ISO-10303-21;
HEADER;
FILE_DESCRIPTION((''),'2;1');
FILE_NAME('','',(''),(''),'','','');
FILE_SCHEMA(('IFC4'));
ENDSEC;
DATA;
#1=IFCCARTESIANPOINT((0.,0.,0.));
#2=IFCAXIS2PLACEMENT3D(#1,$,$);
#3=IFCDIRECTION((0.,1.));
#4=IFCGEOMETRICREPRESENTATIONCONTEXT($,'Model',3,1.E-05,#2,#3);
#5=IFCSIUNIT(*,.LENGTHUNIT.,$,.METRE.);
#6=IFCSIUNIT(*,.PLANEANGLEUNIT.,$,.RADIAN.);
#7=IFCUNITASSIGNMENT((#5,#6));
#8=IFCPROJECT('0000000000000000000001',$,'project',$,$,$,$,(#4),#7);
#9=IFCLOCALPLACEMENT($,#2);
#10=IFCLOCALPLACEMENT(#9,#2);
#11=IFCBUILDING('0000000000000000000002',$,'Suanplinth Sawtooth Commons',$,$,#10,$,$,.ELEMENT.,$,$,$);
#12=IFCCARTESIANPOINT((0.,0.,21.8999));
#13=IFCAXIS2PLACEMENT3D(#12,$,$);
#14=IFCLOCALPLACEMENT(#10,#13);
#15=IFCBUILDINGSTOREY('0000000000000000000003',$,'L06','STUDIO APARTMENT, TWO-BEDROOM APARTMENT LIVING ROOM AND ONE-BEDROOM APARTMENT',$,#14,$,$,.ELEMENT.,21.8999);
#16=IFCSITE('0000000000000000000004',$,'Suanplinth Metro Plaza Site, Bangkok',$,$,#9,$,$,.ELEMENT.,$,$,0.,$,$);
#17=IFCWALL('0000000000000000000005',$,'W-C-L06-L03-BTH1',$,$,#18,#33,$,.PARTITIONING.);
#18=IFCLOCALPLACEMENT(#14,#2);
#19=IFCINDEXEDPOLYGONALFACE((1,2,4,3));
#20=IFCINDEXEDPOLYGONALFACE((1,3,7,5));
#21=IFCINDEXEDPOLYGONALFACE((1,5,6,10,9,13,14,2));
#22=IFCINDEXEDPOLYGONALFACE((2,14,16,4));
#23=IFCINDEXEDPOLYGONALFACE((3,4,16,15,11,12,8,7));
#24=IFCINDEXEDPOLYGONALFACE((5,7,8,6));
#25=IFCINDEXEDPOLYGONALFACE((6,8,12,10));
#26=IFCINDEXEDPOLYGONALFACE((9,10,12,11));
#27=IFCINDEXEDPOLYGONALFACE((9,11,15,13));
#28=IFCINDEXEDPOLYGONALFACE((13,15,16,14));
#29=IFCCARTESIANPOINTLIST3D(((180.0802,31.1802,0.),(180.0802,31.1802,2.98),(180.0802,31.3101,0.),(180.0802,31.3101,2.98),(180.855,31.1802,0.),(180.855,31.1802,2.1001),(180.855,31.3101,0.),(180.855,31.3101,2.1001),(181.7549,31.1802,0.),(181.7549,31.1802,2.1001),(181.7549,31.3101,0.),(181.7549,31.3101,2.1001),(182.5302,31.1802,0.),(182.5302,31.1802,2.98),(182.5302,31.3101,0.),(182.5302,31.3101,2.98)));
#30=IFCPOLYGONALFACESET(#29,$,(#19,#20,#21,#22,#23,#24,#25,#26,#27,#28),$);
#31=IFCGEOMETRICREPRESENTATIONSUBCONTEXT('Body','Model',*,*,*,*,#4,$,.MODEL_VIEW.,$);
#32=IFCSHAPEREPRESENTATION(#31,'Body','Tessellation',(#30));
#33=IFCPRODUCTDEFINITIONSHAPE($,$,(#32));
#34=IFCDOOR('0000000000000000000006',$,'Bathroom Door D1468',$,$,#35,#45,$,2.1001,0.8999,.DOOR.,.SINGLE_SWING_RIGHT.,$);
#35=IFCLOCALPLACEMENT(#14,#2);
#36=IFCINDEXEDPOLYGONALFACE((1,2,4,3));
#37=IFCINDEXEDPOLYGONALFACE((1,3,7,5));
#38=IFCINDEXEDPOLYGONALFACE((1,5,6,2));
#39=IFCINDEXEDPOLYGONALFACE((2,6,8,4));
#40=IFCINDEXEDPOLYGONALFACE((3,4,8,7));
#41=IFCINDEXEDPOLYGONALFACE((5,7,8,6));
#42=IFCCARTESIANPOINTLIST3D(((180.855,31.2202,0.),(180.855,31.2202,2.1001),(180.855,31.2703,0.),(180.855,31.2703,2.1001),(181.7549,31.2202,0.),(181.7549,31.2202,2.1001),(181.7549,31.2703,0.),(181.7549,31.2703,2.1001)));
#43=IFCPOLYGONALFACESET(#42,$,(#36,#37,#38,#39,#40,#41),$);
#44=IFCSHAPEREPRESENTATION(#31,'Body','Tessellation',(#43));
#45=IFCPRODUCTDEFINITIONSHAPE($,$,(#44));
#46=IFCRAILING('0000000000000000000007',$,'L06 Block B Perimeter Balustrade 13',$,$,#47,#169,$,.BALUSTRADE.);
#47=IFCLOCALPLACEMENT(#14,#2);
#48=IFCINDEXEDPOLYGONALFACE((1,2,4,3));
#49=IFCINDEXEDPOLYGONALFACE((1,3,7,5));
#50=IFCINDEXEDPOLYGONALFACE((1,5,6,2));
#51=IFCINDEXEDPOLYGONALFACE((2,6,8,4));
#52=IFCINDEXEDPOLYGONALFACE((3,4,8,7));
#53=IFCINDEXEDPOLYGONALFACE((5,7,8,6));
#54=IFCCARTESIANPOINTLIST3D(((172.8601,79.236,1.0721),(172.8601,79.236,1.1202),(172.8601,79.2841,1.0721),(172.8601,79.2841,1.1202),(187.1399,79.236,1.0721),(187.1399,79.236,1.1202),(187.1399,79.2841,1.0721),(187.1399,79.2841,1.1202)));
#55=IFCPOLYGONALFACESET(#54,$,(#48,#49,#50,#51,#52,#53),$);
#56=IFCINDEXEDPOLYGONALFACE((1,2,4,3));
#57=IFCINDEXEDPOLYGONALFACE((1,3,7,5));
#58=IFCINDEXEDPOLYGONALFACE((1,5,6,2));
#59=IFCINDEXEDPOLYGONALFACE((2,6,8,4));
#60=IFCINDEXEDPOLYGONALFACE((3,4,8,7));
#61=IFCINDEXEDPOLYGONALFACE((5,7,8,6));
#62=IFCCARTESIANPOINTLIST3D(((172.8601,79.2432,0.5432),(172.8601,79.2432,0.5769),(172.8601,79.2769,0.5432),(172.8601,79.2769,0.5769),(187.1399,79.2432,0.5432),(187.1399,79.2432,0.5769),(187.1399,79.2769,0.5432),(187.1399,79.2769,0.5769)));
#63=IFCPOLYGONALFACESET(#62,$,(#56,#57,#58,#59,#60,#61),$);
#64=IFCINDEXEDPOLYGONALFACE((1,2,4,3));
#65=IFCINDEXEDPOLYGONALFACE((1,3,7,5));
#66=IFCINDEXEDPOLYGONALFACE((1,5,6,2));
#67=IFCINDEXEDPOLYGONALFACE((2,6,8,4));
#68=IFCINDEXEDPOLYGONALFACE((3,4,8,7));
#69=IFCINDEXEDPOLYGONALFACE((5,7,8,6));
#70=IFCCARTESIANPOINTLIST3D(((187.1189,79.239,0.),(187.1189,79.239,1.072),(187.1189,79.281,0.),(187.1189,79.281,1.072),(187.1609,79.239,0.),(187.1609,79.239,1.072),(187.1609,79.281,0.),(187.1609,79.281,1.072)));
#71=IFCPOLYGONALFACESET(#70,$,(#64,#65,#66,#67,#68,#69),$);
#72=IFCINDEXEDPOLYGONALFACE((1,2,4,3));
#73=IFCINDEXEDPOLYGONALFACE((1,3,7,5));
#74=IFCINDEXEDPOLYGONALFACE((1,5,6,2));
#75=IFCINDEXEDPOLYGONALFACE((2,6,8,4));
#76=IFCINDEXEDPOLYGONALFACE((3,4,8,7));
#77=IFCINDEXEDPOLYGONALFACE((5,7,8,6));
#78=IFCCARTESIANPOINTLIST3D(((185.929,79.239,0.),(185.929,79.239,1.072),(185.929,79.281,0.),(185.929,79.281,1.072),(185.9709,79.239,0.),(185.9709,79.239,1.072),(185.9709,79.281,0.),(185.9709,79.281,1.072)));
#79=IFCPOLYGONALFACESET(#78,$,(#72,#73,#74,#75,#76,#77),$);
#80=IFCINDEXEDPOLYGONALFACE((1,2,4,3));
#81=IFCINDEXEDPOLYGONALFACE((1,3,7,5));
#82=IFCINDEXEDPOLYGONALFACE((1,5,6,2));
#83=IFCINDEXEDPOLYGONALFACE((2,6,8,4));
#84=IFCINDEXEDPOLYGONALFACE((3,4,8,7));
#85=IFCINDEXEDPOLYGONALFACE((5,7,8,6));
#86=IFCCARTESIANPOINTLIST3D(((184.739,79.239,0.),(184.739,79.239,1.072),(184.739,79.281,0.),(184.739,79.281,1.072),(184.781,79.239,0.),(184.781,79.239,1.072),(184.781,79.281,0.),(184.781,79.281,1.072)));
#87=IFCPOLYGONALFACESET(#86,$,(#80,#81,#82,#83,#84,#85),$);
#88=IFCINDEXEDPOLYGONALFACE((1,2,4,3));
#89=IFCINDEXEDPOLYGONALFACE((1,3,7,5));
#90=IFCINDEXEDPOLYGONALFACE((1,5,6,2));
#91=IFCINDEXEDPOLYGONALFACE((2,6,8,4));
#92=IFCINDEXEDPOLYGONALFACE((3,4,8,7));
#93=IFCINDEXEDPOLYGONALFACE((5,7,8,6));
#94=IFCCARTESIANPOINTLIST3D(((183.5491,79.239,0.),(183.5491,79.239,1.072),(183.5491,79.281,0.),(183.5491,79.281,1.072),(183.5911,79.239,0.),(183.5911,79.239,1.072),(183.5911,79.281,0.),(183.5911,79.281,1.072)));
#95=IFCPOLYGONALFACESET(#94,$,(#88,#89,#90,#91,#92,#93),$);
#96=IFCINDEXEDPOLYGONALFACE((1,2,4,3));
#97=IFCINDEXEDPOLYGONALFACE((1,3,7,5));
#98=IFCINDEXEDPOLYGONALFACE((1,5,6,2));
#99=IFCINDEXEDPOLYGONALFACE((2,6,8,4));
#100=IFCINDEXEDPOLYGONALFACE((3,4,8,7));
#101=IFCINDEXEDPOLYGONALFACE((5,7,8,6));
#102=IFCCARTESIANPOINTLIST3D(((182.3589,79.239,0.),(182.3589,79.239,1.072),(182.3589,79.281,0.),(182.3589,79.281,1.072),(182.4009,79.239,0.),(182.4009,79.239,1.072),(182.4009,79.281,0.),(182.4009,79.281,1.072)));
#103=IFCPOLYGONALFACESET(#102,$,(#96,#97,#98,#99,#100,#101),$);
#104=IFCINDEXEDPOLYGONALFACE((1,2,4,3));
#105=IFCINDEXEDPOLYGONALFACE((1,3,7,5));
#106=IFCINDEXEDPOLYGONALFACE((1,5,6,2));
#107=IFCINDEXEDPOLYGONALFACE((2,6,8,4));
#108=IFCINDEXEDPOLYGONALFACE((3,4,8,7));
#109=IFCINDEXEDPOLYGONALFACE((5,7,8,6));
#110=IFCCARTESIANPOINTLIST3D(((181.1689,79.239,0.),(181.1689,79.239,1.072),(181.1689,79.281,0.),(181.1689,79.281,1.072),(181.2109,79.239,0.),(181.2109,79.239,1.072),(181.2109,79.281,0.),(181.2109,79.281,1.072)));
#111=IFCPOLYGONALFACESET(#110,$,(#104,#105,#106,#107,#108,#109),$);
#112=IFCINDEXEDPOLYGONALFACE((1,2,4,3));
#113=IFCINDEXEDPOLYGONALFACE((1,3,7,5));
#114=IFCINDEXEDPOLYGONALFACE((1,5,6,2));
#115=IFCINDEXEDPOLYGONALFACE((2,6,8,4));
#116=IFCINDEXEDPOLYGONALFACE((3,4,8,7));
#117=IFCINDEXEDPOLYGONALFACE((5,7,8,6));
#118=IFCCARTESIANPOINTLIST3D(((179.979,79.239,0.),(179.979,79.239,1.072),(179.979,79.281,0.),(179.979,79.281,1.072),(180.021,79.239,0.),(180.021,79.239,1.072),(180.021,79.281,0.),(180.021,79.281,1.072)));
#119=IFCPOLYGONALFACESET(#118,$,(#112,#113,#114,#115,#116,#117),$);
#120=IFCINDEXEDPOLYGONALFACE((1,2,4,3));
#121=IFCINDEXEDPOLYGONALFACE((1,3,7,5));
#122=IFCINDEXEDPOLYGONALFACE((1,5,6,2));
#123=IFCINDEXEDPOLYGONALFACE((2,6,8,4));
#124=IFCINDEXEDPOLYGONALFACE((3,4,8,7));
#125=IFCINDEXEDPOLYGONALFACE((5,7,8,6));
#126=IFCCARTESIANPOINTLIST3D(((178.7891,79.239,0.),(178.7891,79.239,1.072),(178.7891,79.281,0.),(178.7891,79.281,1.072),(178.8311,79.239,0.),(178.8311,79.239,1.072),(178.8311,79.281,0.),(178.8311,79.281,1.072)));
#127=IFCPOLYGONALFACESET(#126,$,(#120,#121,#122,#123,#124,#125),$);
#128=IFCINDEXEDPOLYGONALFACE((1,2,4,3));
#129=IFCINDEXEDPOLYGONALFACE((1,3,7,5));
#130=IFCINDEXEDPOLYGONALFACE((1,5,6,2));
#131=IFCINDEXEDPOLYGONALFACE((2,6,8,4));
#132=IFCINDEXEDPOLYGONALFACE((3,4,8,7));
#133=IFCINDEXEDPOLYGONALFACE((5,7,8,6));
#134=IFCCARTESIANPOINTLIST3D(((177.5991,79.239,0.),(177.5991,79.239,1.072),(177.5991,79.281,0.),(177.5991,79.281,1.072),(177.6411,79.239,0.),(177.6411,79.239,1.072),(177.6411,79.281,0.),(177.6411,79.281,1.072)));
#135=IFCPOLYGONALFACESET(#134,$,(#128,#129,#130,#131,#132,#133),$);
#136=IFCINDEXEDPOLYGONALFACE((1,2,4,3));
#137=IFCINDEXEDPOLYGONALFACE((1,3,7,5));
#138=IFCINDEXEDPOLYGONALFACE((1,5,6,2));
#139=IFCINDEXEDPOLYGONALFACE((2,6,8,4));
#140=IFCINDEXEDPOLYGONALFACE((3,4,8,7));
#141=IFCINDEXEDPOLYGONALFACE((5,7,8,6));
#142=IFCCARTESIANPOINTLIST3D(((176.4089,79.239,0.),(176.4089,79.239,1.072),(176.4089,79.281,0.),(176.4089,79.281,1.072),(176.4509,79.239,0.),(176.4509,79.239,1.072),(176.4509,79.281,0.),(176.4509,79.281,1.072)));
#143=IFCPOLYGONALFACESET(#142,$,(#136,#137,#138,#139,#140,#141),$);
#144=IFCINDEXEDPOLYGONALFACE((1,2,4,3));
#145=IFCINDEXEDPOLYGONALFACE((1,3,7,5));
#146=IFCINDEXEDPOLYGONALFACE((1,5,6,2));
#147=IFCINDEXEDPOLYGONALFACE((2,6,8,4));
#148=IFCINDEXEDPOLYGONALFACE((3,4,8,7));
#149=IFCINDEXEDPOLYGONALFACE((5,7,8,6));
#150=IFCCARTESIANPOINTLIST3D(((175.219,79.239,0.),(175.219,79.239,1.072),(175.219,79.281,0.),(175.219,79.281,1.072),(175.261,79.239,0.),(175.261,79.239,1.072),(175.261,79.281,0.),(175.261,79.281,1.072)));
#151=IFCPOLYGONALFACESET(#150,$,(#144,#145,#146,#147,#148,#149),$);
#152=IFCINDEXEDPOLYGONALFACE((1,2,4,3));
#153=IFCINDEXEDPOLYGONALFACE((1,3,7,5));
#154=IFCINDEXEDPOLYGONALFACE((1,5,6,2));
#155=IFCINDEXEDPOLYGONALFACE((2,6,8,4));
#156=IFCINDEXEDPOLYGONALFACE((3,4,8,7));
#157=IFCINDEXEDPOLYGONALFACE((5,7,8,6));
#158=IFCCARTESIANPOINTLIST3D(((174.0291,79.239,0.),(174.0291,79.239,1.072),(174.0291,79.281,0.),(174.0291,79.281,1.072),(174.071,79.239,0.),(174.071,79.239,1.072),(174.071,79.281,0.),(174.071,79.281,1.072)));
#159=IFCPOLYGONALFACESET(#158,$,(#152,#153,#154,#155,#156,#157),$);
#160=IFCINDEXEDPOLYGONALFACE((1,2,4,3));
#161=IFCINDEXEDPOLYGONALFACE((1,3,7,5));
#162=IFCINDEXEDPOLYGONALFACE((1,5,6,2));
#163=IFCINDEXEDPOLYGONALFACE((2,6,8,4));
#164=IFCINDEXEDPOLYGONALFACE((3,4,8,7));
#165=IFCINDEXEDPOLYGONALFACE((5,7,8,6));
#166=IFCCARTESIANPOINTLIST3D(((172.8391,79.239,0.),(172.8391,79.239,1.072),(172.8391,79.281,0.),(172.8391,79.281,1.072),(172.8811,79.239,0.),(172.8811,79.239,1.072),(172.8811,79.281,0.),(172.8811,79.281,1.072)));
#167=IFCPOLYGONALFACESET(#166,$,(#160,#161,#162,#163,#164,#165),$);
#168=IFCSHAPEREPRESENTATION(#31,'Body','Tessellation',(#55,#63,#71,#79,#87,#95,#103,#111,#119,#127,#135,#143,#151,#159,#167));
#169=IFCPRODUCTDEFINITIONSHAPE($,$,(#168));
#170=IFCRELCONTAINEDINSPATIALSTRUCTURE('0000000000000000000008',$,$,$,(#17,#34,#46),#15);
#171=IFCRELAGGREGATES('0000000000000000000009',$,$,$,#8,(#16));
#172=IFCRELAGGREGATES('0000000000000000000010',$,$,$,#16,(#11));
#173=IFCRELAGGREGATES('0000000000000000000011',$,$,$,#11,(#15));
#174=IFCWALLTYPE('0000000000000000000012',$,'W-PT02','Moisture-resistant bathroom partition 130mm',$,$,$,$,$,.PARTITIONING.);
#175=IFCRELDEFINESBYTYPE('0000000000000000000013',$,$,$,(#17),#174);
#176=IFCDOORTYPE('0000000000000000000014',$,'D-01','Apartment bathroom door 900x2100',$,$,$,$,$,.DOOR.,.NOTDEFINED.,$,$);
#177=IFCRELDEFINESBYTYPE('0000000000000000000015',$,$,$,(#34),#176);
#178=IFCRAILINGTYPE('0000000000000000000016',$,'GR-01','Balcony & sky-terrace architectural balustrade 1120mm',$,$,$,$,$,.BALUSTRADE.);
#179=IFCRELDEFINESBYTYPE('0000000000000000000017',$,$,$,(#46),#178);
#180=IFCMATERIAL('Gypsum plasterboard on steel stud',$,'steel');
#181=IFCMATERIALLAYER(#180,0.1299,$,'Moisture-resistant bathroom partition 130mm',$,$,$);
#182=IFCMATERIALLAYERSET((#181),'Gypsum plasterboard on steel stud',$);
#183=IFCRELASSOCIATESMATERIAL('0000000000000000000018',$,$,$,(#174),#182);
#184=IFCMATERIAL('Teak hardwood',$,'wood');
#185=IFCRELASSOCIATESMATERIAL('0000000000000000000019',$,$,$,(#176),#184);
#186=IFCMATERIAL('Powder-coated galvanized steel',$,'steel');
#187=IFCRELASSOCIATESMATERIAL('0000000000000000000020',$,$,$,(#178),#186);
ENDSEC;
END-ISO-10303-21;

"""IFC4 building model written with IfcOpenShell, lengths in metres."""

from ifc_helpers import new_model, si_unit, direction, frame, frame_2d, origin, origin_2d, place, context, subcontext, project, spatial, rectangle, extrude, material, layer, layer_set, type_object, element, fill, save


model = new_model("IFC4")

# Units and contexts
model_context = context("Model", 3, precision=1e-05, world=origin(), true_north=direction((0.0, 1.0)))
body_context = subcontext(model_context, "Body", "Model", "MODEL_VIEW")
ifc_project = project(units=[si_unit("LENGTHUNIT", "METRE"), si_unit("PLANEANGLEUNIT", "RADIAN")], contexts=[model_context])

# Site, building, storey
site_placement = place(None, origin())
site = spatial("IfcSite", under=ifc_project, at=site_placement, Name="Suanplinth Metro Plaza Site, Bangkok", CompositionType="ELEMENT", RefElevation=0.0)
building_placement = place(site_placement, origin())
building = spatial("IfcBuilding", under=site, at=building_placement, Name="Suanplinth Sawtooth Commons", CompositionType="ELEMENT")
storey_placement = place(building_placement, frame((0.0, 0.0, 21.8999)))
storey = spatial("IfcBuildingStorey", under=building, at=storey_placement, Name="L06", Description="STUDIO APARTMENT, TWO-BEDROOM APARTMENT LIVING ROOM AND ONE-BEDROOM APARTMENT", CompositionType="ELEMENT", Elevation=21.8999)

# Wall, opening, door
ifc_material_1 = material(Name="Teak hardwood", Category="wood")
ifc_material_2 = material(Name="Gypsum plasterboard on steel stud", Category="steel")
ifc_layer_1 = layer(ifc_material_2, 0.1299, Name="Moisture-resistant bathroom partition 130mm")
ifc_layer_set_1 = layer_set([ifc_layer_1], Name="Gypsum plasterboard on steel stud")
wall_type_1 = type_object("IfcWallType", Name="W-PT02", Description="Moisture-resistant bathroom partition 130mm", PredefinedType="PARTITIONING", material=ifc_layer_set_1)
wall_1_placement = place(storey_placement, frame((180.0801, 31.2451, 0.0), z_axis=(0.0, 0.0, 1.0), x_axis=(1.0, 0.0, 0.0)))
wall_1 = element("IfcWall", 1, at=wall_1_placement, inside=storey, type_object=wall_type_1, Name="W-C-L06-L03-BTH1", PredefinedType="PARTITIONING", context=body_context, shape_type="SweptSolid", body=[
    extrude(rectangle(XDim=2.45, YDim=0.1299, at=frame_2d((1.2251, 0.0))), origin(), (0.0, 0.0, 1.0), 2.98),
])
opening_1_placement = place(wall_1_placement, frame((0.7749, 0.0, 0.0)))
opening_1 = element("IfcOpeningElement", 2, at=opening_1_placement, cuts=wall_1, PredefinedType="OPENING", context=body_context, shape_type="SweptSolid", body=[
    extrude(rectangle(XDim=0.8999, YDim=2.1001, at=frame_2d((0.45, 1.05))), frame((0.0, 0.0798, 0.0), z_axis=(0.0, -1.0, 0.0), x_axis=(1.0, 0.0, 0.0)), (0.0, 0.0, 1.0), 0.1597),
])
door_type_1 = type_object("IfcDoorType", Name="D-01", Description="Apartment bathroom door 900x2100", OperationType="NOTDEFINED", PredefinedType="DOOR", material=ifc_material_1)
door_1_placement = place(opening_1_placement, frame((0.8999, 0.0, 0.0), z_axis=(0.0, 0.0, 1.0), x_axis=(-1.0, 0.0, 0.0)))
door_1 = element("IfcDoor", 3, at=door_1_placement, inside=storey, type_object=door_type_1, Name="Bathroom Door D1468", OperationType="SINGLE_SWING_RIGHT", OverallHeight=2.1001, OverallWidth=0.8999, PredefinedType="DOOR", context=body_context, shape_type="SweptSolid", body=[
    extrude(rectangle(XDim=0.8999, YDim=2.1001, at=frame_2d((0.45, 1.05))), frame((0.0, 0.0249, 0.0), z_axis=(0.0, -1.0, 0.0), x_axis=(1.0, 0.0, 0.0)), (0.0, 0.0, 1.0), 0.05),
])
fill(opening_1, door_1)

# Railing
ifc_material_3 = material(Name="Powder-coated galvanized steel", Category="steel")
railing_type = type_object("IfcRailingType", Name="GR-01", Description="Balcony & sky-terrace architectural balustrade 1120mm", PredefinedType="BALUSTRADE", material=ifc_material_3)
railing_1_placement = place(storey_placement, frame((187.1399, 79.26, 0.0)))
element("IfcRailing", 4, at=railing_1_placement, inside=storey, type_object=railing_type, Name="L06 Block B Perimeter Balustrade 13", PredefinedType="BALUSTRADE", context=body_context, shape_type="SweptSolid", body=[
    extrude(rectangle(XDim=0.0481, YDim=0.0481, at=origin_2d()), frame((0.0, 0.0, 1.0962), z_axis=(-1.0, 0.0, 0.0), x_axis=(0.0, -1.0, 0.0)), (0.0, 0.0, 1.0), 14.2798),
    extrude(rectangle(XDim=0.0337, YDim=0.0337, at=origin_2d()), frame((0.0, 0.0, 0.5601), z_axis=(-1.0, 0.0, 0.0), x_axis=(0.0, -1.0, 0.0)), (0.0, 0.0, 1.0), 14.2798),
    extrude(rectangle(XDim=0.042, YDim=0.042, at=origin_2d()), origin(), (0.0, 0.0, 1.0), 1.072),
    extrude(rectangle(XDim=0.042, YDim=0.042, at=origin_2d()), frame((-1.1899, 0.0, 0.0)), (0.0, 0.0, 1.0), 1.072),
    extrude(rectangle(XDim=0.042, YDim=0.042, at=origin_2d()), frame((-2.3799, 0.0, 0.0)), (0.0, 0.0, 1.0), 1.072),
    extrude(rectangle(XDim=0.042, YDim=0.042, at=origin_2d()), frame((-3.5698, 0.0, 0.0)), (0.0, 0.0, 1.0), 1.072),
    extrude(rectangle(XDim=0.042, YDim=0.042, at=origin_2d()), frame((-4.76, 0.0, 0.0)), (0.0, 0.0, 1.0), 1.072),
    extrude(rectangle(XDim=0.042, YDim=0.042, at=origin_2d()), frame((-5.95, 0.0, 0.0)), (0.0, 0.0, 1.0), 1.072),
    extrude(rectangle(XDim=0.042, YDim=0.042, at=origin_2d()), frame((-7.1399, 0.0, 0.0)), (0.0, 0.0, 1.0), 1.072),
    extrude(rectangle(XDim=0.042, YDim=0.042, at=origin_2d()), frame((-8.3298, 0.0, 0.0)), (0.0, 0.0, 1.0), 1.072),
    extrude(rectangle(XDim=0.042, YDim=0.042, at=origin_2d()), frame((-9.5198, 0.0, 0.0)), (0.0, 0.0, 1.0), 1.072),
    extrude(rectangle(XDim=0.042, YDim=0.042, at=origin_2d()), frame((-10.71, 0.0, 0.0)), (0.0, 0.0, 1.0), 1.072),
    extrude(rectangle(XDim=0.042, YDim=0.042, at=origin_2d()), frame((-11.8999, 0.0, 0.0)), (0.0, 0.0, 1.0), 1.072),
    extrude(rectangle(XDim=0.042, YDim=0.042, at=origin_2d()), frame((-13.0898, 0.0, 0.0)), (0.0, 0.0, 1.0), 1.072),
    extrude(rectangle(XDim=0.042, YDim=0.042, at=origin_2d()), frame((-14.2798, 0.0, 0.0)), (0.0, 0.0, 1.0), 1.072),
])

save(model, "model.ifc")
